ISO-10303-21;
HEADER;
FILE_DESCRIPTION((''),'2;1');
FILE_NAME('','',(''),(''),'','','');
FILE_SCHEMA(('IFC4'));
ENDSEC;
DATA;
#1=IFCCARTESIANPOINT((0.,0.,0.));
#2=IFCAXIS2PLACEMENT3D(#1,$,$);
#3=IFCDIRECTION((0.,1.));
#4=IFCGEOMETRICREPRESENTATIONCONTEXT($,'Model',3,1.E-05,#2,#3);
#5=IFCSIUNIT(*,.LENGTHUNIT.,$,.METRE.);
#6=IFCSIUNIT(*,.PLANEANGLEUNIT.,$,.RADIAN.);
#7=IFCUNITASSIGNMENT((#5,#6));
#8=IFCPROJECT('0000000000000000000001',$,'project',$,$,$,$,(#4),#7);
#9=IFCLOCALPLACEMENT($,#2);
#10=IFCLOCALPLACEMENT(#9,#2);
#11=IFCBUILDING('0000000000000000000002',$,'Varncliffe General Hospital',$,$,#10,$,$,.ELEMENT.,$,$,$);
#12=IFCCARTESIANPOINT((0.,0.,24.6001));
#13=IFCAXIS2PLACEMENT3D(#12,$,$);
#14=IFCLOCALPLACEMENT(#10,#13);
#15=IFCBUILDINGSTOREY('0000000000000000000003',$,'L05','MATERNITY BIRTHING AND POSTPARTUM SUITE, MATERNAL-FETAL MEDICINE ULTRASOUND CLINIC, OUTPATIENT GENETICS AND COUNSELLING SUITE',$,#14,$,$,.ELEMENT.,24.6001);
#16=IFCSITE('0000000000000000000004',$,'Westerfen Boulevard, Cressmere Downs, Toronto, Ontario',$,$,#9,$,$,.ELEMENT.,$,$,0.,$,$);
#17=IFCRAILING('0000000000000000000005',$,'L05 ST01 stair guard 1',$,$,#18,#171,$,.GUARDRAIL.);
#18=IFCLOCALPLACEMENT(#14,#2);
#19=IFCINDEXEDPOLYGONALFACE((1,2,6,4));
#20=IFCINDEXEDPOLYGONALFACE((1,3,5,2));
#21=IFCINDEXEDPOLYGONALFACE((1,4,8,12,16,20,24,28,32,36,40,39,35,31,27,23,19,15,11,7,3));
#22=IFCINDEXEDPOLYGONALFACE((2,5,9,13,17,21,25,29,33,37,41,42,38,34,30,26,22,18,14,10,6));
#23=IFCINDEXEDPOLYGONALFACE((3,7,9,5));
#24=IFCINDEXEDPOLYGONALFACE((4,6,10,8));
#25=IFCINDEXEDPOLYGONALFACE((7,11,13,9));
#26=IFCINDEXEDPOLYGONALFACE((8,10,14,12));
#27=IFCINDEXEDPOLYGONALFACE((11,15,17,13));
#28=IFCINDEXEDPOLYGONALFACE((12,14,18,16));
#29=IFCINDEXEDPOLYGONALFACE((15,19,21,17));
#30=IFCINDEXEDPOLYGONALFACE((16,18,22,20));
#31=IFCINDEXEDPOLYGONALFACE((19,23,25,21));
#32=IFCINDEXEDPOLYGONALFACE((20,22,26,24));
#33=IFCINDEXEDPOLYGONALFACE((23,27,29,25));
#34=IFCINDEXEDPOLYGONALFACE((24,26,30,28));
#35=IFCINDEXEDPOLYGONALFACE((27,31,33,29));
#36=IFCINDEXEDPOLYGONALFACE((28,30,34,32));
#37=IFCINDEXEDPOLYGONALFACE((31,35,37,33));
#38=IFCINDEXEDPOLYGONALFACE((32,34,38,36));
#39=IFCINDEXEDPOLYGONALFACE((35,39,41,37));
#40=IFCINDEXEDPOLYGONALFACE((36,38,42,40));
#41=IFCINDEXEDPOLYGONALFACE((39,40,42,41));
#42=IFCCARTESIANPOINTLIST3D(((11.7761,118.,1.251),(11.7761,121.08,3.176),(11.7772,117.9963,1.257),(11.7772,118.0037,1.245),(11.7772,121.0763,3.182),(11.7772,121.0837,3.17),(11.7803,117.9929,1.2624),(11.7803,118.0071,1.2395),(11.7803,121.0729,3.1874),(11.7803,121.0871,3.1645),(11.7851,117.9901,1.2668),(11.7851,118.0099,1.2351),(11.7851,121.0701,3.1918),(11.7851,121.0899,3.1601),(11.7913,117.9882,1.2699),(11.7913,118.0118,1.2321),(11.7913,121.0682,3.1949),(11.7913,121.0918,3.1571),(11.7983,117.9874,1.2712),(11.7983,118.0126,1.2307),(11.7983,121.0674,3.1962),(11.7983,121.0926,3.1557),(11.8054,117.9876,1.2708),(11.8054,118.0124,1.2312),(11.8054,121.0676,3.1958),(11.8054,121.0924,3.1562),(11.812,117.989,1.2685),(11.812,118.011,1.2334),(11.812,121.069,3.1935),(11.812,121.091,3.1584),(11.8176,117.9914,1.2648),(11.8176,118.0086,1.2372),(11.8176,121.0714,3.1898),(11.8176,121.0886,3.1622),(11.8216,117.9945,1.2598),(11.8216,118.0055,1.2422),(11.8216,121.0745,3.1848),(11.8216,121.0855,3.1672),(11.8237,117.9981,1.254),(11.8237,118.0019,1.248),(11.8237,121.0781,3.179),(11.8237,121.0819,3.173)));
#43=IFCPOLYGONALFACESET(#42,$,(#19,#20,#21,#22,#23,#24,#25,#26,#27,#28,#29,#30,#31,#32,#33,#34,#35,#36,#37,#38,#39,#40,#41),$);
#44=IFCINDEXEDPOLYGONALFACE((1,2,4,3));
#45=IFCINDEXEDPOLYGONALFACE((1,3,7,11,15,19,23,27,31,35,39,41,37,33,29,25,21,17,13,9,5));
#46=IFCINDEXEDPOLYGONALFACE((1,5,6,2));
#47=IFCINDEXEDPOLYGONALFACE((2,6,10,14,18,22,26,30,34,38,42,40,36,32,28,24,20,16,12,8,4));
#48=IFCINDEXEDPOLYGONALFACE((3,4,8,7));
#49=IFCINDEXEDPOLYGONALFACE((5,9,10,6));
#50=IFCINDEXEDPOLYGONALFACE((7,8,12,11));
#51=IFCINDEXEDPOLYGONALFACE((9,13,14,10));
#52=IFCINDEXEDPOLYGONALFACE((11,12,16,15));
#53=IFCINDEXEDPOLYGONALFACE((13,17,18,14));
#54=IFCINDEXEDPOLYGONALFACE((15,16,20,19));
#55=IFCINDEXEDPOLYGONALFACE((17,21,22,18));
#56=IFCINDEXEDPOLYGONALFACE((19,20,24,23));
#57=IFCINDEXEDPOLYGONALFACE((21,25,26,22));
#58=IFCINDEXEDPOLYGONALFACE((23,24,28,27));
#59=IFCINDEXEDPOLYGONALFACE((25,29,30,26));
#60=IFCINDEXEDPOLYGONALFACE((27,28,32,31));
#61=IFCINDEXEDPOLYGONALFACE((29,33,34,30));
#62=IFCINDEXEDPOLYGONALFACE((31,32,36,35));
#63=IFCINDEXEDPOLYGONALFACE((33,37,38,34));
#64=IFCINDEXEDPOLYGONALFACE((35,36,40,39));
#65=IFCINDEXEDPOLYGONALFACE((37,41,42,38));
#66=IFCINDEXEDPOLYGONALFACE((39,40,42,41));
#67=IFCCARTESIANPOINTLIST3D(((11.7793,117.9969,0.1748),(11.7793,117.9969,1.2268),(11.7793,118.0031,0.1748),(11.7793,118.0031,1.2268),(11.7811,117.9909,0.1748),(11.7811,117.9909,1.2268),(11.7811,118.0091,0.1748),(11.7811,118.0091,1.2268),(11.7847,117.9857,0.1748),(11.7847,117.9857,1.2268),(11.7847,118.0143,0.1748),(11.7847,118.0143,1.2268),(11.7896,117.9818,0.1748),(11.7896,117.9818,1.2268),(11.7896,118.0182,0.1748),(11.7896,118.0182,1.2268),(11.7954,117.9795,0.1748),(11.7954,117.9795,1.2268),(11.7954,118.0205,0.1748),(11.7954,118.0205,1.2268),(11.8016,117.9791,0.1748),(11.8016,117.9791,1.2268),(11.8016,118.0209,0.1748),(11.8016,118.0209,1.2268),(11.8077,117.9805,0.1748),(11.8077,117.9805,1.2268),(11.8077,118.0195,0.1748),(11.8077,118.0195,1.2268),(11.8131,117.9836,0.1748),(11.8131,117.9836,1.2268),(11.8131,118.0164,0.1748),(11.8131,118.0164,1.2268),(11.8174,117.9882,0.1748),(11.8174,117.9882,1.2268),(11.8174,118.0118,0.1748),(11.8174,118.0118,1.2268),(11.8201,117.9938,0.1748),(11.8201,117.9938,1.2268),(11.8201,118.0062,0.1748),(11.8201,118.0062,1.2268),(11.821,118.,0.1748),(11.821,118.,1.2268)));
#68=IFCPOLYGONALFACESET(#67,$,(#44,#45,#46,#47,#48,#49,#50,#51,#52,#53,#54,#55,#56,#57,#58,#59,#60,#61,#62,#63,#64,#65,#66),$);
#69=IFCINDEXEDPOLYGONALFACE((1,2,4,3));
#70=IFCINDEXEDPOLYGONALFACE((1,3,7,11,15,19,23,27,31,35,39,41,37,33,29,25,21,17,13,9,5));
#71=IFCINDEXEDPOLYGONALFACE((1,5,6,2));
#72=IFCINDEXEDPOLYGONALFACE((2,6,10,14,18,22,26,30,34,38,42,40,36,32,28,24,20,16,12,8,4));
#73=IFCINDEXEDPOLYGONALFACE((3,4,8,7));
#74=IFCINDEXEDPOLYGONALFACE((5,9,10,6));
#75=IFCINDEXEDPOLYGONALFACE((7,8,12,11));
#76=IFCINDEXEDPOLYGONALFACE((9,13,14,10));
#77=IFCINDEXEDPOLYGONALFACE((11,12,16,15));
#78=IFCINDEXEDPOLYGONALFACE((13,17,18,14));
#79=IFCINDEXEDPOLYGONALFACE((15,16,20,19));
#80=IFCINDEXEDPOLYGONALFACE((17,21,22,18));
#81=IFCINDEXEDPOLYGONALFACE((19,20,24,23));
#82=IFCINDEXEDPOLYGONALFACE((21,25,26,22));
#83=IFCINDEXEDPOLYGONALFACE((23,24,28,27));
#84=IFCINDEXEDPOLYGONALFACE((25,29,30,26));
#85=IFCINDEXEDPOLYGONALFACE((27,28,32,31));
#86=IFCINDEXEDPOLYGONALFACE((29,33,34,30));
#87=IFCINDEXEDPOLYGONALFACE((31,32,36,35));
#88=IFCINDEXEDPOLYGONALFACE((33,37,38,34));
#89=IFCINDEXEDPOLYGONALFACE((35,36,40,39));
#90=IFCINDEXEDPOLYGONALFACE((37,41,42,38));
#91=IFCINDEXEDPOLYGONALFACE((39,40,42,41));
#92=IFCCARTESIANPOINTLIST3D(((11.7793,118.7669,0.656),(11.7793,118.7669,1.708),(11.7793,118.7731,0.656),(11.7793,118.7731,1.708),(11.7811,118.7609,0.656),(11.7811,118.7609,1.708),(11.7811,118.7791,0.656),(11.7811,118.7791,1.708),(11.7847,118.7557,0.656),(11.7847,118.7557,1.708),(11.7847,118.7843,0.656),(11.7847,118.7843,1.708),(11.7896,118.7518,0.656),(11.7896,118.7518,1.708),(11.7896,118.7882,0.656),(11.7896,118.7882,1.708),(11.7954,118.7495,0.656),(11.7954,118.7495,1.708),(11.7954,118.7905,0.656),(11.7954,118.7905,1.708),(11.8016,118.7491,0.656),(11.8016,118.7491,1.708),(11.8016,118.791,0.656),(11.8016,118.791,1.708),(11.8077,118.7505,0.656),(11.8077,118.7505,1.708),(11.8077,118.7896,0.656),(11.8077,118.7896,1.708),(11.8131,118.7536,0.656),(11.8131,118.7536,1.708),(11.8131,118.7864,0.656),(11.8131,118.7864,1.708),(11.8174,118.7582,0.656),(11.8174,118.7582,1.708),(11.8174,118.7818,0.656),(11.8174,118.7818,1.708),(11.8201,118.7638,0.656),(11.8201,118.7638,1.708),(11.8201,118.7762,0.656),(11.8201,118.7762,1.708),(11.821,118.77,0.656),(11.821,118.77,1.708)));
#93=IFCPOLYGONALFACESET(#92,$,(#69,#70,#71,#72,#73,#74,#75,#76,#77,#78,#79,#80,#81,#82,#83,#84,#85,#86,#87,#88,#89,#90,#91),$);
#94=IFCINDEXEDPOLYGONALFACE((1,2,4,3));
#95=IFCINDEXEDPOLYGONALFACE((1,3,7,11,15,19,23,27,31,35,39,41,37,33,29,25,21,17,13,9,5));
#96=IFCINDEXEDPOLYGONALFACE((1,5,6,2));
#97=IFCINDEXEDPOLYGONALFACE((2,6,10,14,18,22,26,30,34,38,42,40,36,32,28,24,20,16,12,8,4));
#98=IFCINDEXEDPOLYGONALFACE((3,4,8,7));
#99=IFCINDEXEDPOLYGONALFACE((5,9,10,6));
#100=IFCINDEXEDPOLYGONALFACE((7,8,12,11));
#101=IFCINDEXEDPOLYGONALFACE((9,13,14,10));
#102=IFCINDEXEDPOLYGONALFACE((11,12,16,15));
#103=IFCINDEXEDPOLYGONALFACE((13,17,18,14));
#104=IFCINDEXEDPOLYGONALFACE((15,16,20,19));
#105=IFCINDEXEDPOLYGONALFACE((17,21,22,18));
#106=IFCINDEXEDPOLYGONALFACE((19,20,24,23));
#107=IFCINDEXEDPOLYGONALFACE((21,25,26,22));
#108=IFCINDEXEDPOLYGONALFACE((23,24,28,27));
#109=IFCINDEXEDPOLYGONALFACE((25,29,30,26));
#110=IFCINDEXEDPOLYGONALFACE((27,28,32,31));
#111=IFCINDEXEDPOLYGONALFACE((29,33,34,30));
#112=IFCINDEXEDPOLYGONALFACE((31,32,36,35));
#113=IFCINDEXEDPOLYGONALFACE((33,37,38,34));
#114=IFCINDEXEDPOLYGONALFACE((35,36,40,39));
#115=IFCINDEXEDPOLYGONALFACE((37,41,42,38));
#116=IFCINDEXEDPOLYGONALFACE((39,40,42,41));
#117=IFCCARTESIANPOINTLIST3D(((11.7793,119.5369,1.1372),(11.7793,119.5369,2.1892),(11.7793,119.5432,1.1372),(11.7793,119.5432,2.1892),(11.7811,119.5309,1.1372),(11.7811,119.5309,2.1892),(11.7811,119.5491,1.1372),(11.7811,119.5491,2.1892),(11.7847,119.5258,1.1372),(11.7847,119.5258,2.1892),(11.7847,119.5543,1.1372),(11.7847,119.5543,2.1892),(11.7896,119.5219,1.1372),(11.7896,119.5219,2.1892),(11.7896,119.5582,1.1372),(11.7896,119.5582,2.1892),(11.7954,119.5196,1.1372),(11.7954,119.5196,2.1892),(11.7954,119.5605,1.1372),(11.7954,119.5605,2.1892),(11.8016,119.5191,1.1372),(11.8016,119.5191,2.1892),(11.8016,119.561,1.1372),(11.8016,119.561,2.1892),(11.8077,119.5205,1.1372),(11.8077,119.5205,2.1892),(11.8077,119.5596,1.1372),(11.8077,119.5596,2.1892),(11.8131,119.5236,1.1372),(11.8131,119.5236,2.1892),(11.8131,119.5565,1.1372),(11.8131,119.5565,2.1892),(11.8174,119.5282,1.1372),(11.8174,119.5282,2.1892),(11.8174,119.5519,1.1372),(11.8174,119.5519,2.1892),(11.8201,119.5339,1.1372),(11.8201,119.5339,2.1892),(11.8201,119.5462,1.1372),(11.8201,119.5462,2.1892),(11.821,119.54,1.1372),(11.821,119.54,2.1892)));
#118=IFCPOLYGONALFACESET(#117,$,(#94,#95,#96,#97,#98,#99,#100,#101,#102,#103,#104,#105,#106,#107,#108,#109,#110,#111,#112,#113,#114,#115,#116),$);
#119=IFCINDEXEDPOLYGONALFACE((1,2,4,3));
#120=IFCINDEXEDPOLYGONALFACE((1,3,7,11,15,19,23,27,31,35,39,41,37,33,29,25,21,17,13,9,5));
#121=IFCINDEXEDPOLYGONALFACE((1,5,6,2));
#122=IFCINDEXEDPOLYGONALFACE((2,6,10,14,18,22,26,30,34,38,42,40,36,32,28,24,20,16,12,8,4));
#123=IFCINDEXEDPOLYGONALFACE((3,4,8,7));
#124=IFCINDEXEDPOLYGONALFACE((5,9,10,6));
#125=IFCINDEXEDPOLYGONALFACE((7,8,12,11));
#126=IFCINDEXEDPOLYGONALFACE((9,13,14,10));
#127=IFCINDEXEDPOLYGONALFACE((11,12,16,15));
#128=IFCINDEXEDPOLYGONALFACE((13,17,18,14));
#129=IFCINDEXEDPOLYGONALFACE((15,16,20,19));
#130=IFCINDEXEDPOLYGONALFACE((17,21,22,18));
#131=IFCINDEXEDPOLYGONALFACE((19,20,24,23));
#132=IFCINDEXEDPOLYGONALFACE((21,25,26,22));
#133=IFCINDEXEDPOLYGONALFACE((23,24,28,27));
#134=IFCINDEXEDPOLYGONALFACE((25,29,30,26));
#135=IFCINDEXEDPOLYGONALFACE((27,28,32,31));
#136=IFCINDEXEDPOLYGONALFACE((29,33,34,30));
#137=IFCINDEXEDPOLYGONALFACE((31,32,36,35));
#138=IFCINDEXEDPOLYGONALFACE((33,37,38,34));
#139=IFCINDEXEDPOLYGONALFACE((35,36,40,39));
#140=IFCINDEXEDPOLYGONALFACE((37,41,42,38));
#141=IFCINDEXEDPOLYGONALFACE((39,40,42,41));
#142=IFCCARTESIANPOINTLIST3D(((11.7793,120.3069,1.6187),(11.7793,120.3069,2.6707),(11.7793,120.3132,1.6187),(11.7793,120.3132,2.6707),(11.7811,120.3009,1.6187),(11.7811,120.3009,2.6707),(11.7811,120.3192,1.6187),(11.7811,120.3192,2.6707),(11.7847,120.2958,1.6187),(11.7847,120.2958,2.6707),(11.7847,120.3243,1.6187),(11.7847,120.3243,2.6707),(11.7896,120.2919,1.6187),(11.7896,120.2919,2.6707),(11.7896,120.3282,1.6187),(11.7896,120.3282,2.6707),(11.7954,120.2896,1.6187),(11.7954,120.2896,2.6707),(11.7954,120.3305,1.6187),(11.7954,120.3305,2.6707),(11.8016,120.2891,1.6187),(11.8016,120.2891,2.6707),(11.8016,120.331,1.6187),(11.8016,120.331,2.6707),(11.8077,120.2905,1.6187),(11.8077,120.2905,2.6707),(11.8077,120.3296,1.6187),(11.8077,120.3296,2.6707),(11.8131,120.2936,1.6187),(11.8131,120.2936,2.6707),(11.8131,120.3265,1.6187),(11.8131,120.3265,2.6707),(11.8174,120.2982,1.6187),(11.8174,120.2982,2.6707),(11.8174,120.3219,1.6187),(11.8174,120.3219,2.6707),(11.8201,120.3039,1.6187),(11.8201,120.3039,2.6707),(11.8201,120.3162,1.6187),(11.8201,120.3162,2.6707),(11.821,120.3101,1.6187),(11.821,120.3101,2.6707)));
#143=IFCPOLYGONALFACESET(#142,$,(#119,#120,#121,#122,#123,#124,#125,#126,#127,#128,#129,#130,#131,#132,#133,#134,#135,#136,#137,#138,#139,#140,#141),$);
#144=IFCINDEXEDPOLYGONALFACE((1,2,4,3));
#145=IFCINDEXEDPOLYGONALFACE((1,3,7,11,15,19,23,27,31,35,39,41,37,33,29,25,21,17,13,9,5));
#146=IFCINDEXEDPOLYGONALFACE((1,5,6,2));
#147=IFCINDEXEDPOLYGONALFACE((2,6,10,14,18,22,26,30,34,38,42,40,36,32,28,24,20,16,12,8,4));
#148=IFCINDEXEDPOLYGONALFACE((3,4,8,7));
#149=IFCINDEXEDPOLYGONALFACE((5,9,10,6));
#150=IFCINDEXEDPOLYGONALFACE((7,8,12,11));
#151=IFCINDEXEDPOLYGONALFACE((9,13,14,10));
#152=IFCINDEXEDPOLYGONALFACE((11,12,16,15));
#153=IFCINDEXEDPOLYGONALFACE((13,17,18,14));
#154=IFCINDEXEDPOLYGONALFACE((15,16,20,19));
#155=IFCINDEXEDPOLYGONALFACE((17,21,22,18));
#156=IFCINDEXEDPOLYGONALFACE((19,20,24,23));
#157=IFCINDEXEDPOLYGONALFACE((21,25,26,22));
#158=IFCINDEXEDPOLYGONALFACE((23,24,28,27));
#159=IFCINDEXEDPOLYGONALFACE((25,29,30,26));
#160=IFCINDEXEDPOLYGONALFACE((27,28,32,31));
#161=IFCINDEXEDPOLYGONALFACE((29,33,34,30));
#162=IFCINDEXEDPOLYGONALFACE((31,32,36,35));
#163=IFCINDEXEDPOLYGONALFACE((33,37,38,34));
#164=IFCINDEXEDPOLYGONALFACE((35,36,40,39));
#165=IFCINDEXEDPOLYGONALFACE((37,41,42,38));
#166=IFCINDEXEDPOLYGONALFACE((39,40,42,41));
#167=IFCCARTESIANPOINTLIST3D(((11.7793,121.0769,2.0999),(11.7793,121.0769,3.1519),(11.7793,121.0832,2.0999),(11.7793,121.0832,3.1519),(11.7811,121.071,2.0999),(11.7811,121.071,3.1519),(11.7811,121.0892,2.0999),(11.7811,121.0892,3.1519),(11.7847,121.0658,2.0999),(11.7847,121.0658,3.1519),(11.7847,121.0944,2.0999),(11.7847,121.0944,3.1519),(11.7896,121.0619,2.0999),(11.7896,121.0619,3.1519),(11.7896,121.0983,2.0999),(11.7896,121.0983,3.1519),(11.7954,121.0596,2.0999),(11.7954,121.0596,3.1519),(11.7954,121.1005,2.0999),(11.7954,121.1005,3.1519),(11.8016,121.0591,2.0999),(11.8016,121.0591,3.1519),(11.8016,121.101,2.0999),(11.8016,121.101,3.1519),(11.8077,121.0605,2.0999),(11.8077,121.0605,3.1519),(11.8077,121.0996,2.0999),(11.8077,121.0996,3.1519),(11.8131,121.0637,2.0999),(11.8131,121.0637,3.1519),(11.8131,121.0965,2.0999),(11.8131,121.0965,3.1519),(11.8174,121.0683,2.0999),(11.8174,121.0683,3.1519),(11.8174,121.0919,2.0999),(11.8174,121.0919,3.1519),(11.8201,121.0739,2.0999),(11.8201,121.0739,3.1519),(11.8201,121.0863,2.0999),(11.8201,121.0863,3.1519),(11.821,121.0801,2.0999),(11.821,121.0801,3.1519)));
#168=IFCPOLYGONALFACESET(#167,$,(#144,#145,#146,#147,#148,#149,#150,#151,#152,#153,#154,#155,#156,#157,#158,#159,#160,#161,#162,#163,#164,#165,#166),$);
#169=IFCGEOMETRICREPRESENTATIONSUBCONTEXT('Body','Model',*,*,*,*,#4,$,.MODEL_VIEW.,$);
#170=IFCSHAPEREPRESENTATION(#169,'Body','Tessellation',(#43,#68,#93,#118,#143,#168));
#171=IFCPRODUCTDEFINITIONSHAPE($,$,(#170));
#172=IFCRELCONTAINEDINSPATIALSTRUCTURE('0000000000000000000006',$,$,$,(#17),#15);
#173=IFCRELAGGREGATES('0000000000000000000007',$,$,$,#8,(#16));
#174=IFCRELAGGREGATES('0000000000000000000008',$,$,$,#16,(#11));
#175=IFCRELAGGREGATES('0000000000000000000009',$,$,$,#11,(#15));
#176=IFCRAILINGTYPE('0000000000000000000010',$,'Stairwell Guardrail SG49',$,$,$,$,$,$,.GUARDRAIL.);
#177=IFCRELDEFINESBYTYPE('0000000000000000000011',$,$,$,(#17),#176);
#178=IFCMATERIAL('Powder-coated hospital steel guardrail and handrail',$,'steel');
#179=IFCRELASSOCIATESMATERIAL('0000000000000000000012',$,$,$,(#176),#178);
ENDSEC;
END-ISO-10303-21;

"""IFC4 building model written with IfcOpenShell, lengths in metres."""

from ifc_helpers import new_model, si_unit, direction, frame, origin, origin_2d, place, context, subcontext, project, spatial, circle, extrude, material, type_object, element, save


model = new_model("IFC4")

# Units and contexts
model_context = context("Model", 3, precision=1e-05, world=origin(), true_north=direction((0.0, 1.0)))
body_context = subcontext(model_context, "Body", "Model", "MODEL_VIEW")
ifc_project = project(units=[si_unit("LENGTHUNIT", "METRE"), si_unit("PLANEANGLEUNIT", "RADIAN")], contexts=[model_context])

# Site, building, storey
site_placement = place(None, origin())
site = spatial("IfcSite", under=ifc_project, at=site_placement, Name="Westerfen Boulevard, Cressmere Downs, Toronto, Ontario", CompositionType="ELEMENT", RefElevation=0.0)
building_placement = place(site_placement, origin())
building = spatial("IfcBuilding", under=site, at=building_placement, Name="Varncliffe General Hospital", CompositionType="ELEMENT")
storey_placement = place(building_placement, frame((0.0, 0.0, 24.6001)))
storey = spatial("IfcBuildingStorey", under=building, at=storey_placement, Name="L05", Description="MATERNITY BIRTHING AND POSTPARTUM SUITE, MATERNAL-FETAL MEDICINE ULTRASOUND CLINIC, OUTPATIENT GENETICS AND COUNSELLING SUITE", CompositionType="ELEMENT", Elevation=24.6001)

# Railing
ifc_material_1 = material(Name="Powder-coated hospital steel guardrail and handrail", Category="steel")
railing_type_1 = type_object("IfcRailingType", Name="Stairwell Guardrail SG49", PredefinedType="GUARDRAIL", material=ifc_material_1)
railing_1_placement = place(storey_placement, frame((11.8, 118.0, 0.1748)))
element("IfcRailing", 1, at=railing_1_placement, inside=storey, type_object=railing_type_1, Name="L05 ST01 stair guard 1", PredefinedType="GUARDRAIL", context=body_context, shape_type="SweptSolid", body=[
    extrude(circle(Radius=0.0239, at=origin_2d()), frame((0.0, 0.0, 1.0762), z_axis=(0.0, 0.847998, 0.529999), x_axis=(-1.0, 0.0, 0.0)), (0.0, 0.0, 1.0), 3.6321),
    extrude(circle(Radius=0.021, at=origin_2d()), origin(), (0.0, 0.0, 1.0), 1.052),
    extrude(circle(Radius=0.021, at=origin_2d()), frame((0.0, 0.77, 0.4812)), (0.0, 0.0, 1.0), 1.052),
    extrude(circle(Radius=0.021, at=origin_2d()), frame((0.0, 1.54, 0.9624)), (0.0, 0.0, 1.0), 1.052),
    extrude(circle(Radius=0.021, at=origin_2d()), frame((0.0, 2.3101, 1.4438)), (0.0, 0.0, 1.0), 1.052),
    extrude(circle(Radius=0.021, at=origin_2d()), frame((0.0, 3.0801, 1.925)), (0.0, 0.0, 1.0), 1.052),
])

save(model, "model.ifc")
